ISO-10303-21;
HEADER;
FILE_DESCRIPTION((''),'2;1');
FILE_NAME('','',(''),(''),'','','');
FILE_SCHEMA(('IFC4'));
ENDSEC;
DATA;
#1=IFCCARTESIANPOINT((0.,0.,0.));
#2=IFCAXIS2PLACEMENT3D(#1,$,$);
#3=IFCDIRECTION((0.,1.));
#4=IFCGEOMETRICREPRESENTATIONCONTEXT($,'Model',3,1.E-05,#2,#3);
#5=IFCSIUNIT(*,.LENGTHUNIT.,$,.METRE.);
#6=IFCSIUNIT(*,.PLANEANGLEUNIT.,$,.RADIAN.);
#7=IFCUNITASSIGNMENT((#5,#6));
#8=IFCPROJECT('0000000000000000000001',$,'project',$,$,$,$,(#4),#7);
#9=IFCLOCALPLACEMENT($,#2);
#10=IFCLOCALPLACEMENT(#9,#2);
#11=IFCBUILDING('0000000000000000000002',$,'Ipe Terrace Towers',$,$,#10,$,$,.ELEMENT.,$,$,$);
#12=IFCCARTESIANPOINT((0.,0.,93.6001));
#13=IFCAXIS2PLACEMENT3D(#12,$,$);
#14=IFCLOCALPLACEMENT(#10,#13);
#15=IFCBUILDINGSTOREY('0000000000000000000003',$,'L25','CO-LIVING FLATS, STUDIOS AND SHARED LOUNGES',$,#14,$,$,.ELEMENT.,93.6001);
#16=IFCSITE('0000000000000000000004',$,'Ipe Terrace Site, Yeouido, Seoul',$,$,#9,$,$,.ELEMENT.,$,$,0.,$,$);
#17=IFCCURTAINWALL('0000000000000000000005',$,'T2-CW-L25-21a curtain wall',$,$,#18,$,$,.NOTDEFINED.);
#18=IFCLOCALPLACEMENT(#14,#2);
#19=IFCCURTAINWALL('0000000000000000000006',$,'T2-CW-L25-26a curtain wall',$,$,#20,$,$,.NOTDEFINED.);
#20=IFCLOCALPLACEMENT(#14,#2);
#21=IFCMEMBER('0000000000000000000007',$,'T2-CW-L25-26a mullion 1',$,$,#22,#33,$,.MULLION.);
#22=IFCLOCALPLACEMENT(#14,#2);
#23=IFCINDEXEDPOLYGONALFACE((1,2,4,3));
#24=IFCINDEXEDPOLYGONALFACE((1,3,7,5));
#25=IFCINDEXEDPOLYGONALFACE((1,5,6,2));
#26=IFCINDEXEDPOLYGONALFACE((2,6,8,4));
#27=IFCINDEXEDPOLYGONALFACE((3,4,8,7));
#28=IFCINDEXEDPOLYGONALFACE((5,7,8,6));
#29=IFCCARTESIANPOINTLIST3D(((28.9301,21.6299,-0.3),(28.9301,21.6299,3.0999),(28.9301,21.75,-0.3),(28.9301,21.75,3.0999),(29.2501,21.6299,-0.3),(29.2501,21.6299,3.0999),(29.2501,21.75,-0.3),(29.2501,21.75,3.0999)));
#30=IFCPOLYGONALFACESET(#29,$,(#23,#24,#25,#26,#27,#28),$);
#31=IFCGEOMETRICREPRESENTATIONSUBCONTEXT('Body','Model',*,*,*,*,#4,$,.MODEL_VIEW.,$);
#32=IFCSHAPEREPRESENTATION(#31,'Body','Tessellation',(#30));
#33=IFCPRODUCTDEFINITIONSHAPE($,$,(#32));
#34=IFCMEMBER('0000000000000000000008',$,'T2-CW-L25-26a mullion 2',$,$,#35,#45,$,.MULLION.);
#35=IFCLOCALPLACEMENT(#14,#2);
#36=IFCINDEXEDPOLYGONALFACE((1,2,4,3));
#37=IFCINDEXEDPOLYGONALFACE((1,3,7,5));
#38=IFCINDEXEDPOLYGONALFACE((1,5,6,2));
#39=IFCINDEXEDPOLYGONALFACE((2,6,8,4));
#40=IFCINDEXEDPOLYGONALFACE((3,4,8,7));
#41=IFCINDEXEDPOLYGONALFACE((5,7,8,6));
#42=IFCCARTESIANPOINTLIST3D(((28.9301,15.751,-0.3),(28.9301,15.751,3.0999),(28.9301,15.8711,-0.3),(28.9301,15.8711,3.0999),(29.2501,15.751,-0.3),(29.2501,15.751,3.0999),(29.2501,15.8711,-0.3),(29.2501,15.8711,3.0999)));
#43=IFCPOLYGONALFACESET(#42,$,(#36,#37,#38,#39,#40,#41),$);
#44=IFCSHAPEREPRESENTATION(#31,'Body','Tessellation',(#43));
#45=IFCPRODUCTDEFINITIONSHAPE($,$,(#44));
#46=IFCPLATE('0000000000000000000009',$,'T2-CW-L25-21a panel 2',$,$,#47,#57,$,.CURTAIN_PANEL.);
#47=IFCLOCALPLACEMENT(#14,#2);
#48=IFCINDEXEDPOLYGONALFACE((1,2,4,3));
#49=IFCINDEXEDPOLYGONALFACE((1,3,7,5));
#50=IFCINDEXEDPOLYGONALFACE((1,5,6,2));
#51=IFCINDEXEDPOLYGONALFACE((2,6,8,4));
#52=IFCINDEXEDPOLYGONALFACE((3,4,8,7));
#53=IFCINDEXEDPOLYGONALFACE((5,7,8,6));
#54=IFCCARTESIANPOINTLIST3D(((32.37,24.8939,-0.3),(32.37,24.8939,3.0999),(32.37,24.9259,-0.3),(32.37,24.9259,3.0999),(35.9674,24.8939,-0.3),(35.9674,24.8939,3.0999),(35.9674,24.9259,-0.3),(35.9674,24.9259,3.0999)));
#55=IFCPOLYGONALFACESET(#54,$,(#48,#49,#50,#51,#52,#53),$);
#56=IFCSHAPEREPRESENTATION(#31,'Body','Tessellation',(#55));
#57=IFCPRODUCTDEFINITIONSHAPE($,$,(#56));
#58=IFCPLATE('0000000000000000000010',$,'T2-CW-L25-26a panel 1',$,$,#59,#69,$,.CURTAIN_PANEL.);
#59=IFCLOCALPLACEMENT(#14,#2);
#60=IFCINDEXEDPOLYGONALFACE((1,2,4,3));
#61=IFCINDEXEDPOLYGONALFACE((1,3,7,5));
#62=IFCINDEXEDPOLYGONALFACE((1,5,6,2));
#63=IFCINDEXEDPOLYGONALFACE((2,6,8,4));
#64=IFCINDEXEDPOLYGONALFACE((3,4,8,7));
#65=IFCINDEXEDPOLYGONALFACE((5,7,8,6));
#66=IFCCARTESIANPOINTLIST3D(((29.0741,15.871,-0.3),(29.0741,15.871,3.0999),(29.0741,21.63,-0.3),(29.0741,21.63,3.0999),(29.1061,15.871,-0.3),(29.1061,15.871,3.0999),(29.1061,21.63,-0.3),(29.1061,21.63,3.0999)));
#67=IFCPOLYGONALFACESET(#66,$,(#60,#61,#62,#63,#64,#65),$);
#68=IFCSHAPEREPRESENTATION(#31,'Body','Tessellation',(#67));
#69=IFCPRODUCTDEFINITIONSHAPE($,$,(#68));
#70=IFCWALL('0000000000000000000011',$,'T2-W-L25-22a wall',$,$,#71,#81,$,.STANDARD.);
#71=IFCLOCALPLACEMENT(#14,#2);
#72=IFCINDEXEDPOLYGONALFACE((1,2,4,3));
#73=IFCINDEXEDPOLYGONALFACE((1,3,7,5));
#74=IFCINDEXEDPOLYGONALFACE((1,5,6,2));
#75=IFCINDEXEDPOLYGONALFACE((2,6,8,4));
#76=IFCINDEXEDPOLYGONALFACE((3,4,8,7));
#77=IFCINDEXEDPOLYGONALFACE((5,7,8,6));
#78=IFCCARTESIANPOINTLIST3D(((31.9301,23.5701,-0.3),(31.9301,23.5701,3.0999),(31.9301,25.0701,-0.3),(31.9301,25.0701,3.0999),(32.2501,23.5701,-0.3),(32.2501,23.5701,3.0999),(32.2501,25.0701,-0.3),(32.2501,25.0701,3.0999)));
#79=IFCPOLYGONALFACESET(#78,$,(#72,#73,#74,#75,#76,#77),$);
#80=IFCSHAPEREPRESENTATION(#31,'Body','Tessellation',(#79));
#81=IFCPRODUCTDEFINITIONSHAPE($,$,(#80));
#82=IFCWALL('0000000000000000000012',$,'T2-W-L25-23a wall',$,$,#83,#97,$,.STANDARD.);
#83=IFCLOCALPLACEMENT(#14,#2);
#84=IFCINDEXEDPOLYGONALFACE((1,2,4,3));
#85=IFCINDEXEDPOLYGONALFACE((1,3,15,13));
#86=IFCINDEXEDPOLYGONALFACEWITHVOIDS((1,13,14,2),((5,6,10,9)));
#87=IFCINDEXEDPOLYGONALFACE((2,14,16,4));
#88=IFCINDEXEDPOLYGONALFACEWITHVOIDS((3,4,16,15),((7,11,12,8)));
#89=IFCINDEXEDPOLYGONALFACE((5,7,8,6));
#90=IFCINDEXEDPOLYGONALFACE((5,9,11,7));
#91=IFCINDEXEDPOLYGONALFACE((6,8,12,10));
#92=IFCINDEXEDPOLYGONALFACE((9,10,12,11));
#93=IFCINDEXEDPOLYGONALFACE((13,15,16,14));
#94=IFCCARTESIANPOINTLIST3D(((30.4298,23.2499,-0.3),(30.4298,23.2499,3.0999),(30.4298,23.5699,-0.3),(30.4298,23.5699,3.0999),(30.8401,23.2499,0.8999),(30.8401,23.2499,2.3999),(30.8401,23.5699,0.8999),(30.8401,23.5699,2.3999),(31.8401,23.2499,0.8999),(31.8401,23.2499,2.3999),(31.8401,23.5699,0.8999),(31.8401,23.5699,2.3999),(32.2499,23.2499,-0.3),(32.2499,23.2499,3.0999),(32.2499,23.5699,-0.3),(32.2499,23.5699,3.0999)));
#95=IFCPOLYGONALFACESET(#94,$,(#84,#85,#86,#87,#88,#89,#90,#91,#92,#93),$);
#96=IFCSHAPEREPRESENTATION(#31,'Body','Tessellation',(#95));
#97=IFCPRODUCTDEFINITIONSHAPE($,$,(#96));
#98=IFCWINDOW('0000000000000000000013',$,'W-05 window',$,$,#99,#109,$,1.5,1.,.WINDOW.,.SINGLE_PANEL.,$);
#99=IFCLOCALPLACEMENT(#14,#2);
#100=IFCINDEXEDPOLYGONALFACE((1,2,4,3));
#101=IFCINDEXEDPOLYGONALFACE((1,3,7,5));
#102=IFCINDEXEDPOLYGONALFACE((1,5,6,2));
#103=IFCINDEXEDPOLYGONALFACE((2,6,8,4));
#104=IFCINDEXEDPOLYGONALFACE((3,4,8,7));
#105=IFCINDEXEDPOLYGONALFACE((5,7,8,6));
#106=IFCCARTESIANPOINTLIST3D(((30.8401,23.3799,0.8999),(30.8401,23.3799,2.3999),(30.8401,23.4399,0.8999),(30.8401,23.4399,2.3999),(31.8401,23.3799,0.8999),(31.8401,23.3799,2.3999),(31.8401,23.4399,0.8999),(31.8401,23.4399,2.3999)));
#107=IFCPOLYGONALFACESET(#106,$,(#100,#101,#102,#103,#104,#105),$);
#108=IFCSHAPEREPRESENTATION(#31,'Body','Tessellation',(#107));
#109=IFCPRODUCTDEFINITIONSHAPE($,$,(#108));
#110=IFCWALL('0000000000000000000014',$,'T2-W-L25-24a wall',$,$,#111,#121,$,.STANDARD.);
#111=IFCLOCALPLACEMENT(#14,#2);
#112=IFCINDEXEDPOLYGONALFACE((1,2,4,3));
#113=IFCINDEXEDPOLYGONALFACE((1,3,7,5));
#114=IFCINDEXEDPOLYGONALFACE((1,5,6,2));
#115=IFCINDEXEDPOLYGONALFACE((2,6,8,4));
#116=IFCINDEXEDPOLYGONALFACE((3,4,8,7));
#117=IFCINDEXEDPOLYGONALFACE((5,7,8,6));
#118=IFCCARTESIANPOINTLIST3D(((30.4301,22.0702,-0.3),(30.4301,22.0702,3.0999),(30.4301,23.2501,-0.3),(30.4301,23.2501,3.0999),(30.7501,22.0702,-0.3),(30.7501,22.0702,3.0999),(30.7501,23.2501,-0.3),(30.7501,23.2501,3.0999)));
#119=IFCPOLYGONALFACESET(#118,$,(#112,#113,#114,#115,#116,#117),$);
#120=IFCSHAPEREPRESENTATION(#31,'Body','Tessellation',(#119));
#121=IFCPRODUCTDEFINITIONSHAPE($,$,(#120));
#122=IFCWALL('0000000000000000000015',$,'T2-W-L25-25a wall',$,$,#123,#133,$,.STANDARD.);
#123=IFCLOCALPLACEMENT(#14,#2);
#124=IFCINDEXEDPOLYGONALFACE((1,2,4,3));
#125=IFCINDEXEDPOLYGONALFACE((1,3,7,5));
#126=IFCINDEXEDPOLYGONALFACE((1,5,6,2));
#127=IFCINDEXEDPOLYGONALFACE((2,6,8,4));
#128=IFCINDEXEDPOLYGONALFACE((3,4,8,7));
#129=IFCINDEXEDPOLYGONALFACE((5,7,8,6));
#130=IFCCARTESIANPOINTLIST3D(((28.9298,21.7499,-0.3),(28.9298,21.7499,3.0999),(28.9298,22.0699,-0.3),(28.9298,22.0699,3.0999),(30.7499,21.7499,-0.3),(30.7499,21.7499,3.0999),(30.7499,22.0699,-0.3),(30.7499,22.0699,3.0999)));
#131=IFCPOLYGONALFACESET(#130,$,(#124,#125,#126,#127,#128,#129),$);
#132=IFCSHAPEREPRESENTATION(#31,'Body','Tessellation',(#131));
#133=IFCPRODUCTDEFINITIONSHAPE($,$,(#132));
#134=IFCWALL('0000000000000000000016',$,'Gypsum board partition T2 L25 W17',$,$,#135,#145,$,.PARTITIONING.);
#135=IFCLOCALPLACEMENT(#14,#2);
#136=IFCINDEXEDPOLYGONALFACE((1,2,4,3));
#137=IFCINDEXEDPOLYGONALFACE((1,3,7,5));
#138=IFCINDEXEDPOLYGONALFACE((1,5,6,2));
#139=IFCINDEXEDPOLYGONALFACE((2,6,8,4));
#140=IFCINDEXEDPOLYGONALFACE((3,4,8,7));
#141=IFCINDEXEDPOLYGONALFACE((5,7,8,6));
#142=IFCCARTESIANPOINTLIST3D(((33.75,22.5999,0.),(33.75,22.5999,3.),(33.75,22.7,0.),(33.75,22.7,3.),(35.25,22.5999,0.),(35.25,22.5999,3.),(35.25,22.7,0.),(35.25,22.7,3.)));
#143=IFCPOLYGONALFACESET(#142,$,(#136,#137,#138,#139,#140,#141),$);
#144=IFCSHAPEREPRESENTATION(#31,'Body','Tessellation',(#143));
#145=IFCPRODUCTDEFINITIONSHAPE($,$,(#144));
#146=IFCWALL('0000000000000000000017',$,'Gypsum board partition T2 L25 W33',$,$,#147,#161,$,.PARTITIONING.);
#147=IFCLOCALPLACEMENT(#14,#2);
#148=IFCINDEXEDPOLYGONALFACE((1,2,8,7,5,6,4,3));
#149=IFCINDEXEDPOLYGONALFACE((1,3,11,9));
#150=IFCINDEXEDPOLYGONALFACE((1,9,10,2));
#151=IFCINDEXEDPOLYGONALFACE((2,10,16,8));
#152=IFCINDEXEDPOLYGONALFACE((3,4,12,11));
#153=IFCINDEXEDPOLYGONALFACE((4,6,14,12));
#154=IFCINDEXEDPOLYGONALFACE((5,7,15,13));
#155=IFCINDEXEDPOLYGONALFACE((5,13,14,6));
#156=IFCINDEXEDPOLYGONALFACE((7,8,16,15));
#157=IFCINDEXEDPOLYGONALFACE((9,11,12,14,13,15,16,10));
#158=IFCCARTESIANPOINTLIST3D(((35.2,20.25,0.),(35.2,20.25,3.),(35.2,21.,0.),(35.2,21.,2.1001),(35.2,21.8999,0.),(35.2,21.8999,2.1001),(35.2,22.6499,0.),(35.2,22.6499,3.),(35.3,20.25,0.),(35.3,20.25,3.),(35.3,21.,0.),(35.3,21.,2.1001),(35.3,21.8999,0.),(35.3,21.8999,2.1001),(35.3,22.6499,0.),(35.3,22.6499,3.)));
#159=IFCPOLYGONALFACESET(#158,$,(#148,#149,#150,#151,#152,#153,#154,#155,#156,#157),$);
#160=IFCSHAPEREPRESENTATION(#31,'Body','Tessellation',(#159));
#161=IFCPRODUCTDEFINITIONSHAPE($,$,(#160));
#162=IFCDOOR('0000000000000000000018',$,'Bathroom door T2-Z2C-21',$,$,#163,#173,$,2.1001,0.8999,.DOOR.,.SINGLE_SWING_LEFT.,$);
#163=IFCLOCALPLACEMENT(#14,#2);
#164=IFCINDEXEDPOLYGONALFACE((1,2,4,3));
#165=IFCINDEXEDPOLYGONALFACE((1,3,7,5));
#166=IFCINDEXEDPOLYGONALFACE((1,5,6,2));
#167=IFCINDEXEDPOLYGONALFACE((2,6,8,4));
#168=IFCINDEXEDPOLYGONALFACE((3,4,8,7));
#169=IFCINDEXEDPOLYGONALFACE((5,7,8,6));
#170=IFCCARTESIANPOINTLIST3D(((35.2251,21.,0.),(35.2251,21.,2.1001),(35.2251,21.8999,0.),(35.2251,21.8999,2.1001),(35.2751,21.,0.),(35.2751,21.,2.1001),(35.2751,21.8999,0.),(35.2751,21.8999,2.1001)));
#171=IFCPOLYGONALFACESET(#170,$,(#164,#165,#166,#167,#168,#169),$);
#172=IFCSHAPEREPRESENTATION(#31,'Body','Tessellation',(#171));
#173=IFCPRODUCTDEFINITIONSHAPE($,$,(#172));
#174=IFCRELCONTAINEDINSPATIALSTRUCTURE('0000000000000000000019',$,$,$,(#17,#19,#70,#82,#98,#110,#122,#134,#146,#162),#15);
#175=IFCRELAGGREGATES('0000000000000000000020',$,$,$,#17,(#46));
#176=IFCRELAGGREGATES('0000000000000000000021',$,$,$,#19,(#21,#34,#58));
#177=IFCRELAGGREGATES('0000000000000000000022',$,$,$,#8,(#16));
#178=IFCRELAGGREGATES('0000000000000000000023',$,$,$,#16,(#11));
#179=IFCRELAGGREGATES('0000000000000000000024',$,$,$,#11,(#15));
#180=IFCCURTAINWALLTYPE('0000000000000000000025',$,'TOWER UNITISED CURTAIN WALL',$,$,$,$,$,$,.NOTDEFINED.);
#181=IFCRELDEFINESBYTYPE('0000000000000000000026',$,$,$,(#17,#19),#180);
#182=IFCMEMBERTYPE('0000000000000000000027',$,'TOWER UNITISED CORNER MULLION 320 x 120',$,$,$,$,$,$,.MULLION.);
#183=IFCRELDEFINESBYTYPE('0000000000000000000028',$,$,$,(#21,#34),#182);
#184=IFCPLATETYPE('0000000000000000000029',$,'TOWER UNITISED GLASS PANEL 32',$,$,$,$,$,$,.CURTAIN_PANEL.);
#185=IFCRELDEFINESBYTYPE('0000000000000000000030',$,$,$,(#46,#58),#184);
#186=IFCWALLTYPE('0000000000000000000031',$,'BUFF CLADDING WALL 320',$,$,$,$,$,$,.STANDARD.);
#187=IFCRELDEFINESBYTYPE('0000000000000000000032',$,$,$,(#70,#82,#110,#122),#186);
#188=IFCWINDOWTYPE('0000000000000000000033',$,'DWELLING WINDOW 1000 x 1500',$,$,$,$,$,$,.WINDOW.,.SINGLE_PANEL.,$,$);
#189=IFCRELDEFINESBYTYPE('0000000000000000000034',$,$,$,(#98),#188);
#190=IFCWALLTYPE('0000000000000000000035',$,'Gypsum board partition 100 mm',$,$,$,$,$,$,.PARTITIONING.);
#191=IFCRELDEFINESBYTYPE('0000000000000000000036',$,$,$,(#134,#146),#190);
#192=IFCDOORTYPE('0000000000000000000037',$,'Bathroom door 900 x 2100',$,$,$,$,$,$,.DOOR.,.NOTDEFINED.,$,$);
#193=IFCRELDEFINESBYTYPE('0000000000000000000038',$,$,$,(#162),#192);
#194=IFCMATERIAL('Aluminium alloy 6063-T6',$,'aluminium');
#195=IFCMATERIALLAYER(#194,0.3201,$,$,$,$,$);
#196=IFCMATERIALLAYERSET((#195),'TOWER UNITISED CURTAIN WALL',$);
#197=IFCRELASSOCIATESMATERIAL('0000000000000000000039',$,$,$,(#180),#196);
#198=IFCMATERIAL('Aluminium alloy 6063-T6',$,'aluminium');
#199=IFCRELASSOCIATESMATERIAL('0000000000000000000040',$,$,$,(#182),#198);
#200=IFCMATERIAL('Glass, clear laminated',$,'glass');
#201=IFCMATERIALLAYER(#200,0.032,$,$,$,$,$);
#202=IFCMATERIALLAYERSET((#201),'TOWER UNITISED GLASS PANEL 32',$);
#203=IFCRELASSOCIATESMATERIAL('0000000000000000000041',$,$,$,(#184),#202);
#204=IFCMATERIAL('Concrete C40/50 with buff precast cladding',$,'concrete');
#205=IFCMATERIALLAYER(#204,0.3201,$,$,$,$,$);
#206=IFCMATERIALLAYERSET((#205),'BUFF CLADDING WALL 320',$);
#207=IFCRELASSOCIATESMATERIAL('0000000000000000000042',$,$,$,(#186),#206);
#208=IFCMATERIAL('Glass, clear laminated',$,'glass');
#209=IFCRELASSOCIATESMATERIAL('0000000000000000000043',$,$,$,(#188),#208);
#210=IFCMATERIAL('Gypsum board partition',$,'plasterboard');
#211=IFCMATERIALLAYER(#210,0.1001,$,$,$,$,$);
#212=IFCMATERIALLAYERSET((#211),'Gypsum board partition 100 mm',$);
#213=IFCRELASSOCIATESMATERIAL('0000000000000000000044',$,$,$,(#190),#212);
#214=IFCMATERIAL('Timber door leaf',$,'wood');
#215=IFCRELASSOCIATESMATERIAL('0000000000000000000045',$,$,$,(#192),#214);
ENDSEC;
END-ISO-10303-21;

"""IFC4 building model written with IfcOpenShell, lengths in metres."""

from ifc_helpers import new_model, si_unit, direction, frame, frame_2d, origin, origin_2d, place, context, subcontext, project, spatial, rectangle, extrude, material, layer, layer_set, material_profile, profile_set, type_object, element, fill, aggregate, save


model = new_model("IFC4")

# Units and contexts
model_context = context("Model", 3, precision=1e-05, world=origin(), true_north=direction((0.0, 1.0)))
body_context = subcontext(model_context, "Body", "Model", "MODEL_VIEW")
ifc_project = project(units=[si_unit("LENGTHUNIT", "METRE"), si_unit("PLANEANGLEUNIT", "RADIAN")], contexts=[model_context])

# Site, building, storey
site_placement = place(None, origin())
site = spatial("IfcSite", under=ifc_project, at=site_placement, Name="Ipe Terrace Site, Yeouido, Seoul", CompositionType="ELEMENT", RefElevation=0.0)
building_placement = place(site_placement, origin())
building = spatial("IfcBuilding", under=site, at=building_placement, Name="Ipe Terrace Towers", CompositionType="ELEMENT")
storey_placement = place(building_placement, frame((0.0, 0.0, 93.6001)))
storey = spatial("IfcBuildingStorey", under=building, at=storey_placement, Name="L25", Description="CO-LIVING FLATS, STUDIOS AND SHARED LOUNGES", CompositionType="ELEMENT", Elevation=93.6001)

# Curtain wall
ifc_material_1 = material(Name="Aluminium alloy 6063-T6", Category="aluminium")
ifc_layer_1 = layer(ifc_material_1, 0.3201)
ifc_layer_set_1 = layer_set([ifc_layer_1], Name="TOWER UNITISED CURTAIN WALL")
curtain_wall_type = type_object("IfcCurtainWallType", Name="TOWER UNITISED CURTAIN WALL", PredefinedType="NOTDEFINED", material=ifc_layer_set_1)
curtain_wall_1_placement = place(storey_placement, origin())
curtain_wall_1 = element("IfcCurtainWall", 1, at=curtain_wall_1_placement, inside=storey, type_object=curtain_wall_type, Name="T2-CW-L25-21a curtain wall", PredefinedType="NOTDEFINED")
ifc_material_2 = material(Name="Aluminium alloy 6063-T6", Category="aluminium")
ifc_material_profile_1 = material_profile(ifc_material_2, rectangle(XDim=0.3201, YDim=0.1201, at=origin_2d()), Name="TOWER UNITISED CORNER MULLION 320 x 120")
ifc_profile_set_1 = profile_set([ifc_material_profile_1], Name="Aluminium alloy 6063-T6")
member_type = type_object("IfcMemberType", Name="TOWER UNITISED CORNER MULLION 320 x 120", PredefinedType="MULLION", material=ifc_profile_set_1)

# Curtain wall, members
curtain_wall_2_placement = place(storey_placement, origin())
curtain_wall_2 = element("IfcCurtainWall", 2, at=curtain_wall_2_placement, inside=storey, type_object=curtain_wall_type, Name="T2-CW-L25-26a curtain wall", PredefinedType="NOTDEFINED")
member_1_placement = place(storey_placement, frame((29.0901, 21.6899, -0.3), z_axis=(0.0, 0.0, 1.0), x_axis=(-1.0, 0.0, 0.0)))
member_1 = element("IfcMember", 3, at=member_1_placement, type_object=member_type, Name="T2-CW-L25-26a mullion 1", PredefinedType="MULLION", context=body_context, shape_type="SweptSolid", body=[
    extrude(rectangle(XDim=0.3201, YDim=0.1201, at=origin_2d()), origin(), (0.0, 0.0, 1.0), 3.3999),
])
member_2_placement = place(storey_placement, frame((29.0901, 15.811, -0.3), z_axis=(0.0, 0.0, 1.0), x_axis=(-1.0, 0.0, 0.0)))
member_2 = element("IfcMember", 4, at=member_2_placement, type_object=member_type, Name="T2-CW-L25-26a mullion 2", PredefinedType="MULLION", context=body_context, shape_type="SweptSolid", body=[
    extrude(rectangle(XDim=0.3201, YDim=0.1201, at=origin_2d()), origin(), (0.0, 0.0, 1.0), 3.3999),
])

# Plates
ifc_material_3 = material(Name="Glass, clear laminated", Category="glass")
ifc_layer_2 = layer(ifc_material_3, 0.032)
ifc_layer_set_2 = layer_set([ifc_layer_2], Name="TOWER UNITISED GLASS PANEL 32")
plate_type = type_object("IfcPlateType", Name="TOWER UNITISED GLASS PANEL 32", PredefinedType="CURTAIN_PANEL", material=ifc_layer_set_2)
plate_1_placement = place(storey_placement, frame((34.1687, 24.9099, -0.3), z_axis=(0.0, 0.0, 1.0), x_axis=(-1.0, 0.0, 0.0)))
plate_1 = element("IfcPlate", 5, at=plate_1_placement, type_object=plate_type, Name="T2-CW-L25-21a panel 2", PredefinedType="CURTAIN_PANEL", context=body_context, shape_type="SweptSolid", body=[
    extrude(rectangle(XDim=3.5974, YDim=0.032, at=origin_2d()), origin(), (0.0, 0.0, 1.0), 3.3999),
])
aggregate(curtain_wall_1, [plate_1])
plate_2_placement = place(storey_placement, frame((29.0901, 18.7505, -0.3), z_axis=(0.0, 0.0, 1.0), x_axis=(0.0, -1.0, 0.0)))
plate_2 = element("IfcPlate", 6, at=plate_2_placement, type_object=plate_type, Name="T2-CW-L25-26a panel 1", PredefinedType="CURTAIN_PANEL", context=body_context, shape_type="SweptSolid", body=[
    extrude(rectangle(XDim=5.759, YDim=0.032, at=origin_2d()), origin(), (0.0, 0.0, 1.0), 3.3999),
])
aggregate(curtain_wall_2, [member_1, member_2, plate_2])

# Wall
ifc_material_4 = material(Name="Concrete C40/50 with buff precast cladding", Category="concrete")
ifc_layer_3 = layer(ifc_material_4, 0.3201)
ifc_layer_set_3 = layer_set([ifc_layer_3], Name="BUFF CLADDING WALL 320")
wall_type_1 = type_object("IfcWallType", Name="BUFF CLADDING WALL 320", PredefinedType="STANDARD", material=ifc_layer_set_3)
wall_1_placement = place(storey_placement, frame((32.0901, 25.0701, -0.3), z_axis=(0.0, 0.0, 1.0), x_axis=(0.0, -1.0, 0.0)))
element("IfcWall", 7, at=wall_1_placement, inside=storey, type_object=wall_type_1, Name="T2-W-L25-22a wall", PredefinedType="STANDARD", context=body_context, shape_type="SweptSolid", body=[
    extrude(rectangle(XDim=1.5, YDim=0.3201, at=frame_2d((0.75, 0.0))), origin(), (0.0, 0.0, 1.0), 3.3999),
])

# Wall, opening, window
wall_2_placement = place(storey_placement, frame((32.25, 23.4099, -0.3), z_axis=(0.0, 0.0, 1.0), x_axis=(-1.0, 0.0, 0.0)))
wall_2 = element("IfcWall", 8, at=wall_2_placement, inside=storey, type_object=wall_type_1, Name="T2-W-L25-23a wall", PredefinedType="STANDARD", context=body_context, shape_type="SweptSolid", body=[
    extrude(rectangle(XDim=1.8201, YDim=0.3201, at=frame_2d((0.9102, 0.0))), origin(), (0.0, 0.0, 1.0), 3.3999),
])
opening_1_placement = place(wall_2_placement, frame((0.4099, 0.0, 1.2)))
opening_1 = element("IfcOpeningElement", 9, at=opening_1_placement, cuts=wall_2, PredefinedType="OPENING", context=body_context, shape_type="SweptSolid", body=[
    extrude(rectangle(XDim=1.0, YDim=1.5, at=frame_2d((0.5, 0.75))), frame((0.0, 0.1699, 0.0), z_axis=(0.0, -1.0, 0.0), x_axis=(1.0, 0.0, 0.0)), (0.0, 0.0, 1.0), 0.3401),
])
ifc_material_5 = material(Name="Glass, clear laminated", Category="glass")
window_type = type_object("IfcWindowType", Name="DWELLING WINDOW 1000 x 1500", PartitioningType="SINGLE_PANEL", PredefinedType="WINDOW", material=ifc_material_5)
window_placement = place(opening_1_placement, origin())
window = element("IfcWindow", 10, at=window_placement, inside=storey, type_object=window_type, Name="W-05 window", OverallHeight=1.5, OverallWidth=1.0, PartitioningType="SINGLE_PANEL", PredefinedType="WINDOW", context=body_context, shape_type="SweptSolid", body=[
    extrude(rectangle(XDim=1.0, YDim=1.5, at=frame_2d((0.5, 0.75))), frame((0.0, 0.03, 0.0), z_axis=(0.0, -1.0, 0.0), x_axis=(1.0, 0.0, 0.0)), (0.0, 0.0, 1.0), 0.0601),
])
fill(opening_1, window)

# Walls
wall_3_placement = place(storey_placement, frame((30.5901, 23.25, -0.3), z_axis=(0.0, 0.0, 1.0), x_axis=(0.0, -1.0, 0.0)))
element("IfcWall", 11, at=wall_3_placement, inside=storey, type_object=wall_type_1, Name="T2-W-L25-24a wall", PredefinedType="STANDARD", context=body_context, shape_type="SweptSolid", body=[
    extrude(rectangle(XDim=1.1799, YDim=0.3201, at=frame_2d((0.5898, 0.0))), origin(), (0.0, 0.0, 1.0), 3.3999),
])
wall_4_placement = place(storey_placement, frame((30.75, 21.9099, -0.3), z_axis=(0.0, 0.0, 1.0), x_axis=(-1.0, 0.0, 0.0)))
element("IfcWall", 12, at=wall_4_placement, inside=storey, type_object=wall_type_1, Name="T2-W-L25-25a wall", PredefinedType="STANDARD", context=body_context, shape_type="SweptSolid", body=[
    extrude(rectangle(XDim=1.8201, YDim=0.3201, at=frame_2d((0.9102, 0.0))), origin(), (0.0, 0.0, 1.0), 3.3999),
])
ifc_material_6 = material(Name="Gypsum board partition", Category="plasterboard")
ifc_layer_4 = layer(ifc_material_6, 0.1001)
ifc_layer_set_4 = layer_set([ifc_layer_4], Name="Gypsum board partition 100 mm")
wall_type_2 = type_object("IfcWallType", Name="Gypsum board partition 100 mm", PredefinedType="PARTITIONING", material=ifc_layer_set_4)
wall_5_placement = place(storey_placement, frame((35.25, 22.6499, 0.0), z_axis=(0.0, 0.0, 1.0), x_axis=(-1.0, 0.0, 0.0)))
element("IfcWall", 13, at=wall_5_placement, inside=storey, type_object=wall_type_2, Name="Gypsum board partition T2 L25 W17", PredefinedType="PARTITIONING", context=body_context, shape_type="SweptSolid", body=[
    extrude(rectangle(XDim=1.5, YDim=0.1001, at=frame_2d((0.75, 0.0))), origin(), (0.0, 0.0, 1.0), 3.0),
])

# Wall, opening, door
wall_6_placement = place(storey_placement, frame((35.25, 20.25, 0.0), z_axis=(0.0, 0.0, 1.0), x_axis=(0.0, 1.0, 0.0)))
wall_6 = element("IfcWall", 14, at=wall_6_placement, inside=storey, type_object=wall_type_2, Name="Gypsum board partition T2 L25 W33", PredefinedType="PARTITIONING", context=body_context, shape_type="SweptSolid", body=[
    extrude(rectangle(XDim=2.3999, YDim=0.1001, at=frame_2d((1.2, 0.0))), origin(), (0.0, 0.0, 1.0), 3.0),
])
opening_2_placement = place(wall_6_placement, frame((0.75, 0.0, 0.0)))
opening_2 = element("IfcOpeningElement", 15, at=opening_2_placement, cuts=wall_6, PredefinedType="OPENING", context=body_context, shape_type="SweptSolid", body=[
    extrude(rectangle(XDim=0.8999, YDim=2.1001, at=frame_2d((0.45, 1.05))), frame((0.0, 0.0601, 0.0), z_axis=(0.0, -1.0, 0.0), x_axis=(1.0, 0.0, 0.0)), (0.0, 0.0, 1.0), 0.1201),
])
ifc_material_7 = material(Name="Timber door leaf", Category="wood")
door_type_1 = type_object("IfcDoorType", Name="Bathroom door 900 x 2100", OperationType="NOTDEFINED", PredefinedType="DOOR", material=ifc_material_7)
door_1_placement = place(opening_2_placement, origin())
door_1 = element("IfcDoor", 16, at=door_1_placement, inside=storey, type_object=door_type_1, Name="Bathroom door T2-Z2C-21", OperationType="SINGLE_SWING_LEFT", OverallHeight=2.1001, OverallWidth=0.8999, PredefinedType="DOOR", context=body_context, shape_type="SweptSolid", body=[
    extrude(rectangle(XDim=0.8999, YDim=2.1001, at=frame_2d((0.45, 1.05))), frame((0.0, 0.0249, 0.0), z_axis=(0.0, -1.0, 0.0), x_axis=(1.0, 0.0, 0.0)), (0.0, 0.0, 1.0), 0.05),
])
fill(opening_2, door_1)

save(model, "model.ifc")
